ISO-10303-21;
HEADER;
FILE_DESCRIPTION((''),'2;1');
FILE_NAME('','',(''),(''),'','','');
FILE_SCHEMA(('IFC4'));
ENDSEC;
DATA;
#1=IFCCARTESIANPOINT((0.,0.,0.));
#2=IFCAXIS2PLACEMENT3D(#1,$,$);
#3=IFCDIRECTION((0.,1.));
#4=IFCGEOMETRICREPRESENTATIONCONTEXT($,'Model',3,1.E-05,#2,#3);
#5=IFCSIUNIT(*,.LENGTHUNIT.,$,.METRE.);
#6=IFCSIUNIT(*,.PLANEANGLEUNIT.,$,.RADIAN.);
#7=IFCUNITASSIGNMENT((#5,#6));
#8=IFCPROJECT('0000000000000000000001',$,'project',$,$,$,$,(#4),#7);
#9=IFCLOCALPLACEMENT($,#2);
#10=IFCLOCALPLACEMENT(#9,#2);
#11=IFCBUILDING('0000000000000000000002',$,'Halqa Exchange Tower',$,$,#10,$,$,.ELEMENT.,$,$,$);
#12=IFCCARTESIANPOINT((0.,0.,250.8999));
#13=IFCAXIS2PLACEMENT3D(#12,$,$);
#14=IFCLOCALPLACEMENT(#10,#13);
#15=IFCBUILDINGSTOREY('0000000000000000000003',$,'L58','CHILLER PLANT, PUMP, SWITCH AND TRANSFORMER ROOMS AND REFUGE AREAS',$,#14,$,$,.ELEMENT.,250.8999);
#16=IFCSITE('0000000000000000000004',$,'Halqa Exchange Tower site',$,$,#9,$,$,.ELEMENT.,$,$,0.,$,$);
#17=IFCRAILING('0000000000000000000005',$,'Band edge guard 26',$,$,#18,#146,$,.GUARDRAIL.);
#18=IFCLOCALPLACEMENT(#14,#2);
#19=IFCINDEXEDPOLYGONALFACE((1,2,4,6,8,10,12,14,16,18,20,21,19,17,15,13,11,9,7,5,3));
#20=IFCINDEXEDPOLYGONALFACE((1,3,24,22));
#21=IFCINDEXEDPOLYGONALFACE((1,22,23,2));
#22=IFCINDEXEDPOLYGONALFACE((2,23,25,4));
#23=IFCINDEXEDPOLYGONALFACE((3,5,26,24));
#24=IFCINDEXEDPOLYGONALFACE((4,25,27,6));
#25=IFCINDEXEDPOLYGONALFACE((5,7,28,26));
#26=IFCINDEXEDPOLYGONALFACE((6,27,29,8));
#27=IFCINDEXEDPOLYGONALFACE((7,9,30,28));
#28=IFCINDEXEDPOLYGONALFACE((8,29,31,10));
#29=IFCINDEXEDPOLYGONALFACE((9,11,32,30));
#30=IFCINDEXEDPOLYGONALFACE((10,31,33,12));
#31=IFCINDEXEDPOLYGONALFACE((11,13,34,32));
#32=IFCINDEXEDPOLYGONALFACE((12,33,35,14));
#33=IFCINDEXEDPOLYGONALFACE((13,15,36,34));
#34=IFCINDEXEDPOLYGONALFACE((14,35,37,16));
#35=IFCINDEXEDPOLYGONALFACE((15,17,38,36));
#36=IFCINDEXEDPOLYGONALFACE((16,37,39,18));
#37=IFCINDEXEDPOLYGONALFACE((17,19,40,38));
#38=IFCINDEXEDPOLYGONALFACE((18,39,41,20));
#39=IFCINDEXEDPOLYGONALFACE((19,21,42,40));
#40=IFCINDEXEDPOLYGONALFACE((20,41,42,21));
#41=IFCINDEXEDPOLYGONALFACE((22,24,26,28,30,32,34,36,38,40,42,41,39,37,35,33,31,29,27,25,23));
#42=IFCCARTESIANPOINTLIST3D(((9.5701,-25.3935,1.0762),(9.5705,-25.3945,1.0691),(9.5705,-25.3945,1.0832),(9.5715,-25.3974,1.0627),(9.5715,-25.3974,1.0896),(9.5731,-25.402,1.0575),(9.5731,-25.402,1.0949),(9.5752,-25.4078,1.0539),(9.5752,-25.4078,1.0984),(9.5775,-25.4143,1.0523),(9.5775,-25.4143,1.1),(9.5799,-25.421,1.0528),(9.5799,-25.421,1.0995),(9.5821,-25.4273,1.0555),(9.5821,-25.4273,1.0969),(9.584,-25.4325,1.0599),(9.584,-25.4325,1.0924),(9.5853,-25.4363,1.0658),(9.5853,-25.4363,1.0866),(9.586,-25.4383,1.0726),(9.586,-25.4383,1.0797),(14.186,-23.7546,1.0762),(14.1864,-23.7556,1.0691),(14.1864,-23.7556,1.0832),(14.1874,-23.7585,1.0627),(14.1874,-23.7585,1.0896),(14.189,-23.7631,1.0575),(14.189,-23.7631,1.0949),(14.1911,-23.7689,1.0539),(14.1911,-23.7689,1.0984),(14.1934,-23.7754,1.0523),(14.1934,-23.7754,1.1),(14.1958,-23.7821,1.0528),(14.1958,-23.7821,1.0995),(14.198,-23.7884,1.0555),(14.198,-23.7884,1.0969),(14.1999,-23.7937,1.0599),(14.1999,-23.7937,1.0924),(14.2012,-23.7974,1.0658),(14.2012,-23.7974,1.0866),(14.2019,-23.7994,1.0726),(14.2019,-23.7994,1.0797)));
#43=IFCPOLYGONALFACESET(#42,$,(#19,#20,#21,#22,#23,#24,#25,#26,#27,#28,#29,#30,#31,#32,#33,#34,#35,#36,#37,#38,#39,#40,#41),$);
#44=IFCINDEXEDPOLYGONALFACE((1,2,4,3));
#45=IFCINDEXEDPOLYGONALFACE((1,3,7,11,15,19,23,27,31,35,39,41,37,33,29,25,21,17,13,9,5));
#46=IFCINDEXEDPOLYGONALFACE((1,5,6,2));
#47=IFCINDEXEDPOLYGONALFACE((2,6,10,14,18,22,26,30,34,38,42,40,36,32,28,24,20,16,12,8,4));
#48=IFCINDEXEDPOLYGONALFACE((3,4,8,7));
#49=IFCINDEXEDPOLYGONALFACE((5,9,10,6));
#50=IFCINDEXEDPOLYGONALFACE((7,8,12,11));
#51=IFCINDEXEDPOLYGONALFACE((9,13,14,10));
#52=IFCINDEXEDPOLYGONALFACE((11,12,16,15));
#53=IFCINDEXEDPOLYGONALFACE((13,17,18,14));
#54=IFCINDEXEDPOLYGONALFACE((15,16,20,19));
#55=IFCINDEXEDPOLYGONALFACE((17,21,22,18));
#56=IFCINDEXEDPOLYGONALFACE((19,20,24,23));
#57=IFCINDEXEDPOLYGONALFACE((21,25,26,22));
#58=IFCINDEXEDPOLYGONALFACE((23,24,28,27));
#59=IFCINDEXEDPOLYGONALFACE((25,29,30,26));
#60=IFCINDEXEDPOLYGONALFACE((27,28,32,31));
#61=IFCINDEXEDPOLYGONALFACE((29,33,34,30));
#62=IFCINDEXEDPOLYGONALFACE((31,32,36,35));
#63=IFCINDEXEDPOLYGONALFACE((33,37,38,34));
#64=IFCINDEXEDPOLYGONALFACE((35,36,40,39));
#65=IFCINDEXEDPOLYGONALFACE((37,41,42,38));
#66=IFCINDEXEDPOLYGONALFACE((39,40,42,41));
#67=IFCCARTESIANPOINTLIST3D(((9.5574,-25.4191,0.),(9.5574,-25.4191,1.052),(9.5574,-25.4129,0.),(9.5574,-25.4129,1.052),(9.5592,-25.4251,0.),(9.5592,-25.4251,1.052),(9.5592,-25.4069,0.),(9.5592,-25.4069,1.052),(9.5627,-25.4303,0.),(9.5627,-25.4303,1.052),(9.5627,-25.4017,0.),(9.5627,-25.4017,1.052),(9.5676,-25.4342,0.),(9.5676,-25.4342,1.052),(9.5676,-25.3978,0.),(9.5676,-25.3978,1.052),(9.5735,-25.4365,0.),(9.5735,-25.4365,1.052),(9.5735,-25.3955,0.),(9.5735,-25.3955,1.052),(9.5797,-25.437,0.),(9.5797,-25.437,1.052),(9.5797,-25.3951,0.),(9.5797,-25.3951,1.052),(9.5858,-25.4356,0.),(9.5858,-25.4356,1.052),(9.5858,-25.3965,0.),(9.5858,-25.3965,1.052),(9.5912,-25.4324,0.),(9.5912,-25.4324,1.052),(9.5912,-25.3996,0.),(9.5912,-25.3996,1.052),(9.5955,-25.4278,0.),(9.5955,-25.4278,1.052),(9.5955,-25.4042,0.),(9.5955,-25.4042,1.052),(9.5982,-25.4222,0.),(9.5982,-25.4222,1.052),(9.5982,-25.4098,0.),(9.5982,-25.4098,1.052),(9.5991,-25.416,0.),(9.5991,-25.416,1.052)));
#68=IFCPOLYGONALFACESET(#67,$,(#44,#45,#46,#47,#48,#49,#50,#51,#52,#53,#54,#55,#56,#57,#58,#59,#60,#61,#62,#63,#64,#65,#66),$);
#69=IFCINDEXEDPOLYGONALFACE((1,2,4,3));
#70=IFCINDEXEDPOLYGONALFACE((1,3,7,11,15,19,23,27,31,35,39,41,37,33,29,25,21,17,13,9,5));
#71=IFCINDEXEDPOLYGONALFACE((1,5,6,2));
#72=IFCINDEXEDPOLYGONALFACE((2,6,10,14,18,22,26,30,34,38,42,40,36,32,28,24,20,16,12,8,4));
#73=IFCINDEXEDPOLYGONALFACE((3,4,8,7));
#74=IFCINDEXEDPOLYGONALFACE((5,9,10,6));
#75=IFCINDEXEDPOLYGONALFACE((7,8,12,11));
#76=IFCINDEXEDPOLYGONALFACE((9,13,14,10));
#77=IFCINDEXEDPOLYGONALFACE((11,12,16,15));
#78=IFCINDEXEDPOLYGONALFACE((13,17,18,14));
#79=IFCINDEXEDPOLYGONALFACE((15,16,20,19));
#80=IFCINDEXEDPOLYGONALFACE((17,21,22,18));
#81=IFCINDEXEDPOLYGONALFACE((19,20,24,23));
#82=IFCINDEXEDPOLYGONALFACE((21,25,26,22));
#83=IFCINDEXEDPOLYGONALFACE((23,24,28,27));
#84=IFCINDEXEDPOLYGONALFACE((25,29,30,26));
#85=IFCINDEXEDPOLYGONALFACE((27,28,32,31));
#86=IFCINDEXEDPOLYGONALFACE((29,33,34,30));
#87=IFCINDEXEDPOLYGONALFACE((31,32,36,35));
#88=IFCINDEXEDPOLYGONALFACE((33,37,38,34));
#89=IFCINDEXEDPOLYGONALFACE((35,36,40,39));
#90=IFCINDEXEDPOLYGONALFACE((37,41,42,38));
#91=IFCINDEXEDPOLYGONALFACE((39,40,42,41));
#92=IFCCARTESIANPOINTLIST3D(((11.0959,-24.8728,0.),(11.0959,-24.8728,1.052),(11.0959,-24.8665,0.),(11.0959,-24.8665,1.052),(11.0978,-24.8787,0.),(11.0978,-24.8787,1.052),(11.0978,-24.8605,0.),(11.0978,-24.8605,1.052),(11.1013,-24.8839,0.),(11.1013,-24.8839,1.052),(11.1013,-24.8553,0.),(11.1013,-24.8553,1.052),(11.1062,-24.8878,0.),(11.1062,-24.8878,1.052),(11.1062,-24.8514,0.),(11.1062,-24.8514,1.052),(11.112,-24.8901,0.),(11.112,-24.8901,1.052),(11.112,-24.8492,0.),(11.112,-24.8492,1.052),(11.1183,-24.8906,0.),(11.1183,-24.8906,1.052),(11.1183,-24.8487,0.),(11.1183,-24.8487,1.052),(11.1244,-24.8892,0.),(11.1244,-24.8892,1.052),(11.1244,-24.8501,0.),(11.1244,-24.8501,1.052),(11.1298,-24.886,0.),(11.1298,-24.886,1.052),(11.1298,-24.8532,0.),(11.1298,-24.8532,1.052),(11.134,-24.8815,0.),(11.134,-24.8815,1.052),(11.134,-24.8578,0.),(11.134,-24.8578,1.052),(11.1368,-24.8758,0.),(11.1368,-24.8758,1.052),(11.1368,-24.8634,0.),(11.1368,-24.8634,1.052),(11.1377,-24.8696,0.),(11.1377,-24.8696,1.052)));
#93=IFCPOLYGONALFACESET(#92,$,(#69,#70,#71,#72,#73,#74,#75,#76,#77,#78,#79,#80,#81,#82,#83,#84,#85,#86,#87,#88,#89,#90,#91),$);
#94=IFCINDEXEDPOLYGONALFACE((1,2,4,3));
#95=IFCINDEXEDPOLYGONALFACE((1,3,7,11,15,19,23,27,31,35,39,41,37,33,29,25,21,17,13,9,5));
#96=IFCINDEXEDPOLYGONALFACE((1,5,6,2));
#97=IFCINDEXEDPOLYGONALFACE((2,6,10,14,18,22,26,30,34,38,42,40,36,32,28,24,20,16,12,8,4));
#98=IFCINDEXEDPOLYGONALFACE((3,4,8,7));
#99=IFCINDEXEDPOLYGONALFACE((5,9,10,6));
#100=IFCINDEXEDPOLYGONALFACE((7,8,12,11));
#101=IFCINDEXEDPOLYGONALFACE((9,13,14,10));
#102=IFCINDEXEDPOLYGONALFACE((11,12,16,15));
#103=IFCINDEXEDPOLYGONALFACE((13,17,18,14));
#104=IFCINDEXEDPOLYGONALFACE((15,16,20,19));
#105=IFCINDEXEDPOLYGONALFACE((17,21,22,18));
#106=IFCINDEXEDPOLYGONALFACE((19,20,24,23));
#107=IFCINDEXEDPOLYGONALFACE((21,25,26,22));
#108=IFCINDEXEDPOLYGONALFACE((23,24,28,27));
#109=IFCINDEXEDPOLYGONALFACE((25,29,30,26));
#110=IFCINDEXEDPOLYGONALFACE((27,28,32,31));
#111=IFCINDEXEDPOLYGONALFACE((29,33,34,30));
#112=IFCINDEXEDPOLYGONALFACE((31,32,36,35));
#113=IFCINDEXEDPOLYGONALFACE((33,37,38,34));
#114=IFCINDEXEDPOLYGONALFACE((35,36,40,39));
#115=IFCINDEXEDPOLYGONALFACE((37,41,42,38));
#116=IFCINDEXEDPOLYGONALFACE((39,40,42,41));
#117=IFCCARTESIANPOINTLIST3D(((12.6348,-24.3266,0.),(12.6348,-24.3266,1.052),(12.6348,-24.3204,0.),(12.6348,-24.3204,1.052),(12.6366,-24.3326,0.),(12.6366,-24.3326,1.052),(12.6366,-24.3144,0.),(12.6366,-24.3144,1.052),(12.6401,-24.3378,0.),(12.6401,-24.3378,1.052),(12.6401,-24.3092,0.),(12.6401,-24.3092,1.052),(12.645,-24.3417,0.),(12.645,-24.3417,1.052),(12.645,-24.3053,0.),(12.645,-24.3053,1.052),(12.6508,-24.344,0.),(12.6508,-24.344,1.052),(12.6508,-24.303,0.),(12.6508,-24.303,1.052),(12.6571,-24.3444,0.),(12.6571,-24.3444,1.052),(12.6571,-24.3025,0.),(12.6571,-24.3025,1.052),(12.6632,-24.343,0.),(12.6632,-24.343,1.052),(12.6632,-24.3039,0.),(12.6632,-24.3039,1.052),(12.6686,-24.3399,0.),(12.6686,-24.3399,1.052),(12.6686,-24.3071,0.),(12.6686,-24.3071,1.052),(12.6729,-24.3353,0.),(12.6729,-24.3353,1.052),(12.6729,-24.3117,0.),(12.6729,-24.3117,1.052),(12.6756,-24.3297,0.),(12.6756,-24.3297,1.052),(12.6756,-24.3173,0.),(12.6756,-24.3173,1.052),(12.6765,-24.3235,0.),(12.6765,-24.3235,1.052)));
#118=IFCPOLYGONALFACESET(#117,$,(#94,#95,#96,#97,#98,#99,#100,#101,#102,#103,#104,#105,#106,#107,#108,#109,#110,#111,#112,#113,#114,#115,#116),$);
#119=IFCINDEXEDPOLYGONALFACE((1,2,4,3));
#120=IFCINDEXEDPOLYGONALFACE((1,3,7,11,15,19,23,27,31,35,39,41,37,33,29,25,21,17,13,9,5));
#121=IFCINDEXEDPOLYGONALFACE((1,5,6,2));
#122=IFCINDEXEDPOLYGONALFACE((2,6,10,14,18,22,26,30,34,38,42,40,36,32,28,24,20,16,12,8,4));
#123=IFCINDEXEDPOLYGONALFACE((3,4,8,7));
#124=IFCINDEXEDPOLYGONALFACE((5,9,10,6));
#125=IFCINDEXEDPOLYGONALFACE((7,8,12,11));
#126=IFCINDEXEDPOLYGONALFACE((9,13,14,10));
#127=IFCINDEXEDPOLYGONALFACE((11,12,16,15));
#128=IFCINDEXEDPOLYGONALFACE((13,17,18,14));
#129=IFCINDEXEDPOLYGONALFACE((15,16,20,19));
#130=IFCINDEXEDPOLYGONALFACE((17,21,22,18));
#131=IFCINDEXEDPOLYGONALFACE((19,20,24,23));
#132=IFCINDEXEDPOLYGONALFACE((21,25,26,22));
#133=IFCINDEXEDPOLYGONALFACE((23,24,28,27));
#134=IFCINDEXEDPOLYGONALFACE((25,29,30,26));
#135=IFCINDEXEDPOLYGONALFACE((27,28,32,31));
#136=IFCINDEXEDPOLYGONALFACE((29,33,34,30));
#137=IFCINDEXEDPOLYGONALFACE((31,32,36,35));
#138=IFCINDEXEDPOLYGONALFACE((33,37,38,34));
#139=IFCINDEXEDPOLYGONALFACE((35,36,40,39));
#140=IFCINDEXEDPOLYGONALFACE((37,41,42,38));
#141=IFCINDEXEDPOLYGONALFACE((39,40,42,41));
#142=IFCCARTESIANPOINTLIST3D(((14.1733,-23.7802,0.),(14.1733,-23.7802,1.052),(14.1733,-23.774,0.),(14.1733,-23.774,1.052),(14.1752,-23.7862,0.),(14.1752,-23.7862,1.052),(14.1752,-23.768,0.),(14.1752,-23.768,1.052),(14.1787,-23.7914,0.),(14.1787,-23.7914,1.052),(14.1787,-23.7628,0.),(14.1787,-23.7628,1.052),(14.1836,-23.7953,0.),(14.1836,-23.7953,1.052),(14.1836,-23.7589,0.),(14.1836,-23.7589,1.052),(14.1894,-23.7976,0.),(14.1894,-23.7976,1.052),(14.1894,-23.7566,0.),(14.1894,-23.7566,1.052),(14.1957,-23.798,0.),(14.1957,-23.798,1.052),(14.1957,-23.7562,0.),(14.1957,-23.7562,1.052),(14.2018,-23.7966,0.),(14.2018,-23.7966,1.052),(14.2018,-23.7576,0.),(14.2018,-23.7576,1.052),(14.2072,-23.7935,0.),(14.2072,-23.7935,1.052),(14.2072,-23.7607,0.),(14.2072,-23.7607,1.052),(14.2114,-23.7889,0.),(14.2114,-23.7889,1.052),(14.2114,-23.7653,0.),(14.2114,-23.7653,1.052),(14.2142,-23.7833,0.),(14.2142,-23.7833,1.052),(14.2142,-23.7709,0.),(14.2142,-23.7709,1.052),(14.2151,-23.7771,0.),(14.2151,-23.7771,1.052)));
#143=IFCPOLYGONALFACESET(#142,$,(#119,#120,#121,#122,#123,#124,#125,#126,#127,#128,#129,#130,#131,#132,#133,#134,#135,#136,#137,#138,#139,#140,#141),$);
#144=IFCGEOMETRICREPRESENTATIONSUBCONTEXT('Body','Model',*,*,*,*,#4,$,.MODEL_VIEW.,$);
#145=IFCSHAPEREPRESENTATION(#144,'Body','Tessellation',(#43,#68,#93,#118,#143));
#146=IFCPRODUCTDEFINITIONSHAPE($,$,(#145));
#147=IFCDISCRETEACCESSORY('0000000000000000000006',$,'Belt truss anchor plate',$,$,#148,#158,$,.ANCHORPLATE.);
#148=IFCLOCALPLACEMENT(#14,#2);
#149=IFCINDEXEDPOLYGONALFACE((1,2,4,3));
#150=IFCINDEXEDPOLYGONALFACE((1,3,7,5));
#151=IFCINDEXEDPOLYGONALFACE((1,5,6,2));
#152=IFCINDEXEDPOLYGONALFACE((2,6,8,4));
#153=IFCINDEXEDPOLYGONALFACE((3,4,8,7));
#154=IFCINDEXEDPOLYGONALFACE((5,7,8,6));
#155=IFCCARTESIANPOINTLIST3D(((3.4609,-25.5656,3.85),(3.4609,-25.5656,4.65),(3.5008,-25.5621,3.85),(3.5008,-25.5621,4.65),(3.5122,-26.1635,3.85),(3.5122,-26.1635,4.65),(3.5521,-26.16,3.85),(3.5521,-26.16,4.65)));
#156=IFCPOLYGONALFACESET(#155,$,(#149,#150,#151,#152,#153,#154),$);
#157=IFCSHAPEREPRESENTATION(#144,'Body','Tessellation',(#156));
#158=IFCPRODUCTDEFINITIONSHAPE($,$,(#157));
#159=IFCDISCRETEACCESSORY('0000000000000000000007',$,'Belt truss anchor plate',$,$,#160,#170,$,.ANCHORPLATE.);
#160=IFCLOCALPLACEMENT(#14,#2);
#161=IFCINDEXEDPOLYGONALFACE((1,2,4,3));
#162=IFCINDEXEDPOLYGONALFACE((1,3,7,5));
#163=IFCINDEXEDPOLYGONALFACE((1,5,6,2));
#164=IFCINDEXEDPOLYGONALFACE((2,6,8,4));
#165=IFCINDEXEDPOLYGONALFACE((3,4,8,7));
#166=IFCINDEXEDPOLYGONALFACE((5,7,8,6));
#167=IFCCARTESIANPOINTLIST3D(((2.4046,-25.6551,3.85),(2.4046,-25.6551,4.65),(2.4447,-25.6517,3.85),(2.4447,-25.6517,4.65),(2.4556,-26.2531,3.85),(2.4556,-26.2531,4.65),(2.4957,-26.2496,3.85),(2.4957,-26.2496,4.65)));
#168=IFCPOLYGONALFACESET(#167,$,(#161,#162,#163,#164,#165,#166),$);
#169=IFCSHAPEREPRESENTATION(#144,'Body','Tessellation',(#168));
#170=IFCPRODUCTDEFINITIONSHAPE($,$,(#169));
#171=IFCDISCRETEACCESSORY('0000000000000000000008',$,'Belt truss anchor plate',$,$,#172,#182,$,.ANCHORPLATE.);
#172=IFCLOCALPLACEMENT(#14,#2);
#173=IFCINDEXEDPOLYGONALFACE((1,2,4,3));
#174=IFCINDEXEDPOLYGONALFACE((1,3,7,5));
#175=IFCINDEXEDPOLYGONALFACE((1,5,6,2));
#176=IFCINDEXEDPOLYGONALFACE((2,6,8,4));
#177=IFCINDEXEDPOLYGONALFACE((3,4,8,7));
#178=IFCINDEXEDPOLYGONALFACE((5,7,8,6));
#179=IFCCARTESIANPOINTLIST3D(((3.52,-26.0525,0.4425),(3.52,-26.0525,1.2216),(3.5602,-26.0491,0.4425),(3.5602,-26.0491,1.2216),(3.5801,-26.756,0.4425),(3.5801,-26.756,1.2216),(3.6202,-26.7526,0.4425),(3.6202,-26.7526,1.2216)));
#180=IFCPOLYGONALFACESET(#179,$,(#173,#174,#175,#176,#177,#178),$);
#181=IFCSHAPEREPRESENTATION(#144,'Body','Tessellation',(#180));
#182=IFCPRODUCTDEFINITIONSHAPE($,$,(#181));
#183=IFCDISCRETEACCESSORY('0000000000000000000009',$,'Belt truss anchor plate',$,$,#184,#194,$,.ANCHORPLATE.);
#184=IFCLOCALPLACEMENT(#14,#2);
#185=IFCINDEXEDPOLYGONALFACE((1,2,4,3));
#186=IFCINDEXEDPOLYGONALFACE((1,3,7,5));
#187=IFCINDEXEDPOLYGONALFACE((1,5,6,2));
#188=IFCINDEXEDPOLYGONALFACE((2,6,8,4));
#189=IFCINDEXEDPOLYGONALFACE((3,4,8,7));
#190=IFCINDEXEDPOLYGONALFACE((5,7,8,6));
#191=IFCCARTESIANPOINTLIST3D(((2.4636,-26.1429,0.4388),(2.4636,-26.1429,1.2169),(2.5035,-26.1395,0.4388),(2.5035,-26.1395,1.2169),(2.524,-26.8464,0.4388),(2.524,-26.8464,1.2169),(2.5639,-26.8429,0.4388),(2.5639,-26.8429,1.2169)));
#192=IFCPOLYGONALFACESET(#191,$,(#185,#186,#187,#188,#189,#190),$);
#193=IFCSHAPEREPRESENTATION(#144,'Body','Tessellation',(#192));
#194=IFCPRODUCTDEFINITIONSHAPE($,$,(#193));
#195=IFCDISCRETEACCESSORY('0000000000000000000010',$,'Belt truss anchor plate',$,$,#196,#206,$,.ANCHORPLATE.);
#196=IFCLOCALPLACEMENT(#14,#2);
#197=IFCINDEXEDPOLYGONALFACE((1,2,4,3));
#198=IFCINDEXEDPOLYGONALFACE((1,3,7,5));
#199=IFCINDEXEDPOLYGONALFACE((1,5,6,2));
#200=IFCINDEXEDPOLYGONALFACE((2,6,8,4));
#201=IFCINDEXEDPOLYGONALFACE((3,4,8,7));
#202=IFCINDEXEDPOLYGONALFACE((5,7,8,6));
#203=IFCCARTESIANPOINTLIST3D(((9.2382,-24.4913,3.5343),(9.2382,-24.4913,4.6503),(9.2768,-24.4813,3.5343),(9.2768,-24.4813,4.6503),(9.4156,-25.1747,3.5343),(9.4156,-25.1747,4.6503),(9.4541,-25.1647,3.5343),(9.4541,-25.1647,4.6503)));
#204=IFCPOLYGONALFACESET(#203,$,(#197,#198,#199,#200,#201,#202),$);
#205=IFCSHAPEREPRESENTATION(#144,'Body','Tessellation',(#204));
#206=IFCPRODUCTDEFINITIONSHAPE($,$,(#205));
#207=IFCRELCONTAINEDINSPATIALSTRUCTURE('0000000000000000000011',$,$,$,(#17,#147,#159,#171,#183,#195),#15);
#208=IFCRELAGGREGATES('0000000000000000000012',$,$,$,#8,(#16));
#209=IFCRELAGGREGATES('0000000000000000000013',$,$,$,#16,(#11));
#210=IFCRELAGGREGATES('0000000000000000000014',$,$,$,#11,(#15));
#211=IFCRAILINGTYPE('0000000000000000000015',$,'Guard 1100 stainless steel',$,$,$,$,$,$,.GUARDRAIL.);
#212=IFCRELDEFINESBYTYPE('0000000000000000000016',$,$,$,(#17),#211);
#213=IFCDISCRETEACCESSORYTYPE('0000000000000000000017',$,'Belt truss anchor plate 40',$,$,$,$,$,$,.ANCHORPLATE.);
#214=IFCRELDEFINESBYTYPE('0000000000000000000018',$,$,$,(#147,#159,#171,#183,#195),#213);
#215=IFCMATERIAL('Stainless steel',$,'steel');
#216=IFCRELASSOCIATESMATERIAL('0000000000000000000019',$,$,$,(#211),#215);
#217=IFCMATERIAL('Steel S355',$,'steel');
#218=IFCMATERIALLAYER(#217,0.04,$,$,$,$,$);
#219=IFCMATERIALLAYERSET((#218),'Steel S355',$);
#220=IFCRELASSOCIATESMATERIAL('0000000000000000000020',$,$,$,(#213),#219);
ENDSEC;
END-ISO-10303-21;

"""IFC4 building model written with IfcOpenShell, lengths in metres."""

from ifc_helpers import new_model, si_unit, direction, frame, origin, origin_2d, place, context, subcontext, project, spatial, rectangle, circle, extrude, material, layer, layer_set, type_object, element, save


model = new_model("IFC4")

# Units and contexts
model_context = context("Model", 3, precision=1e-05, world=origin(), true_north=direction((0.0, 1.0)))
body_context = subcontext(model_context, "Body", "Model", "MODEL_VIEW")
ifc_project = project(units=[si_unit("LENGTHUNIT", "METRE"), si_unit("PLANEANGLEUNIT", "RADIAN")], contexts=[model_context])

# Site, building, storey
site_placement = place(None, origin())
site = spatial("IfcSite", under=ifc_project, at=site_placement, Name="Halqa Exchange Tower site", CompositionType="ELEMENT", RefElevation=0.0)
building_placement = place(site_placement, origin())
building = spatial("IfcBuilding", under=site, at=building_placement, Name="Halqa Exchange Tower", CompositionType="ELEMENT")
storey_placement = place(building_placement, frame((0.0, 0.0, 250.8999)))
storey = spatial("IfcBuildingStorey", under=building, at=storey_placement, Name="L58", Description="CHILLER PLANT, PUMP, SWITCH AND TRANSFORMER ROOMS AND REFUGE AREAS", CompositionType="ELEMENT", Elevation=250.8999)

# Shared definitions
ifc_material_1 = material(Name="Steel S355", Category="steel")

# Railing
ifc_material_2 = material(Name="Stainless steel", Category="steel")
railing_type = type_object("IfcRailingType", Name="Guard 1100 stainless steel", PredefinedType="GUARDRAIL", material=ifc_material_2)
railing_1_placement = place(storey_placement, frame((9.5781, -25.416, 0.0)))
element("IfcRailing", 1, at=railing_1_placement, inside=storey, type_object=railing_type, Name="Band edge guard 26", PredefinedType="GUARDRAIL", context=body_context, shape_type="SweptSolid", body=[
    extrude(circle(Radius=0.0239, at=origin_2d()), frame((0.0, 0.0, 1.0762), z_axis=(0.942364, 0.33459, 0.0), x_axis=(-0.33459, 0.942364, 0.0)), (0.0, 0.0, 1.0), 4.8982),
    extrude(circle(Radius=0.021, at=origin_2d()), origin(), (0.0, 0.0, 1.0), 1.052),
    extrude(circle(Radius=0.021, at=origin_2d()), frame((1.5386, 0.5464, 0.0)), (0.0, 0.0, 1.0), 1.052),
    extrude(circle(Radius=0.021, at=origin_2d()), frame((3.0774, 1.0925, 0.0)), (0.0, 0.0, 1.0), 1.052),
    extrude(circle(Radius=0.021, at=origin_2d()), frame((4.616, 1.6389, 0.0)), (0.0, 0.0, 1.0), 1.052),
])

# Discrete accessories
ifc_layer = layer(ifc_material_1, 0.04)
ifc_layer_set = layer_set([ifc_layer], Name="Steel S355")
discrete_accessory_type = type_object("IfcDiscreteAccessoryType", Name="Belt truss anchor plate 40", PredefinedType="ANCHORPLATE", material=ifc_layer_set)
discrete_accessory_1_placement = place(storey_placement, frame((3.4866, -25.8645, 4.25), z_axis=(0.996332, 0.085575, 0.0), x_axis=(-0.085575, 0.996332, 0.0)))
element("IfcDiscreteAccessory", 2, at=discrete_accessory_1_placement, inside=storey, type_object=discrete_accessory_type, Name="Belt truss anchor plate", PredefinedType="ANCHORPLATE", context=body_context, shape_type="SweptSolid", body=[
    extrude(rectangle(XDim=0.6001, YDim=0.8, at=origin_2d()), origin(), (0.0, 0.0, 1.0), 0.04),
])
discrete_accessory_2_placement = place(storey_placement, frame((2.4702, -25.9507, 4.25), z_axis=(-0.996376, -0.085056, 0.0), x_axis=(0.085056, -0.996376, 0.0)))
element("IfcDiscreteAccessory", 3, at=discrete_accessory_2_placement, inside=storey, type_object=discrete_accessory_type, Name="Belt truss anchor plate", PredefinedType="ANCHORPLATE", context=body_context, shape_type="SweptSolid", body=[
    extrude(rectangle(XDim=0.6001, YDim=0.8, at=origin_2d()), origin(), (0.0, 0.0, 1.0), 0.0403),
])
discrete_accessory_3_placement = place(storey_placement, frame((3.55, -26.4043, 0.832), z_axis=(0.996376, 0.085056, 0.0), x_axis=(-0.085056, 0.996376, 0.0)))
element("IfcDiscreteAccessory", 4, at=discrete_accessory_3_placement, inside=storey, type_object=discrete_accessory_type, Name="Belt truss anchor plate", PredefinedType="ANCHORPLATE", context=body_context, shape_type="SweptSolid", body=[
    extrude(rectangle(XDim=0.7061, YDim=0.7791, at=origin_2d()), origin(), (0.0, 0.0, 1.0), 0.0403),
])
discrete_accessory_4_placement = place(storey_placement, frame((2.5337, -26.4912, 0.8279), z_axis=(-0.996332, -0.085575, 0.0), x_axis=(0.085575, -0.996332, 0.0)))
element("IfcDiscreteAccessory", 5, at=discrete_accessory_4_placement, inside=storey, type_object=discrete_accessory_type, Name="Belt truss anchor plate", PredefinedType="ANCHORPLATE", context=body_context, shape_type="SweptSolid", body=[
    extrude(rectangle(XDim=0.7061, YDim=0.7781, at=origin_2d()), origin(), (0.0, 0.0, 1.0), 0.04),
])
discrete_accessory_5_placement = place(storey_placement, frame((9.3269, -24.833, 4.0923), z_axis=(0.967942, 0.251175, 0.0), x_axis=(-0.251175, 0.967942, 0.0)))
element("IfcDiscreteAccessory", 6, at=discrete_accessory_5_placement, inside=storey, type_object=discrete_accessory_type, Name="Belt truss anchor plate", PredefinedType="ANCHORPLATE", context=body_context, shape_type="SweptSolid", body=[
    extrude(rectangle(XDim=0.7061, YDim=1.116, at=origin_2d()), origin(), (0.0, 0.0, 1.0), 0.0398),
])

save(model, "model.ifc")
